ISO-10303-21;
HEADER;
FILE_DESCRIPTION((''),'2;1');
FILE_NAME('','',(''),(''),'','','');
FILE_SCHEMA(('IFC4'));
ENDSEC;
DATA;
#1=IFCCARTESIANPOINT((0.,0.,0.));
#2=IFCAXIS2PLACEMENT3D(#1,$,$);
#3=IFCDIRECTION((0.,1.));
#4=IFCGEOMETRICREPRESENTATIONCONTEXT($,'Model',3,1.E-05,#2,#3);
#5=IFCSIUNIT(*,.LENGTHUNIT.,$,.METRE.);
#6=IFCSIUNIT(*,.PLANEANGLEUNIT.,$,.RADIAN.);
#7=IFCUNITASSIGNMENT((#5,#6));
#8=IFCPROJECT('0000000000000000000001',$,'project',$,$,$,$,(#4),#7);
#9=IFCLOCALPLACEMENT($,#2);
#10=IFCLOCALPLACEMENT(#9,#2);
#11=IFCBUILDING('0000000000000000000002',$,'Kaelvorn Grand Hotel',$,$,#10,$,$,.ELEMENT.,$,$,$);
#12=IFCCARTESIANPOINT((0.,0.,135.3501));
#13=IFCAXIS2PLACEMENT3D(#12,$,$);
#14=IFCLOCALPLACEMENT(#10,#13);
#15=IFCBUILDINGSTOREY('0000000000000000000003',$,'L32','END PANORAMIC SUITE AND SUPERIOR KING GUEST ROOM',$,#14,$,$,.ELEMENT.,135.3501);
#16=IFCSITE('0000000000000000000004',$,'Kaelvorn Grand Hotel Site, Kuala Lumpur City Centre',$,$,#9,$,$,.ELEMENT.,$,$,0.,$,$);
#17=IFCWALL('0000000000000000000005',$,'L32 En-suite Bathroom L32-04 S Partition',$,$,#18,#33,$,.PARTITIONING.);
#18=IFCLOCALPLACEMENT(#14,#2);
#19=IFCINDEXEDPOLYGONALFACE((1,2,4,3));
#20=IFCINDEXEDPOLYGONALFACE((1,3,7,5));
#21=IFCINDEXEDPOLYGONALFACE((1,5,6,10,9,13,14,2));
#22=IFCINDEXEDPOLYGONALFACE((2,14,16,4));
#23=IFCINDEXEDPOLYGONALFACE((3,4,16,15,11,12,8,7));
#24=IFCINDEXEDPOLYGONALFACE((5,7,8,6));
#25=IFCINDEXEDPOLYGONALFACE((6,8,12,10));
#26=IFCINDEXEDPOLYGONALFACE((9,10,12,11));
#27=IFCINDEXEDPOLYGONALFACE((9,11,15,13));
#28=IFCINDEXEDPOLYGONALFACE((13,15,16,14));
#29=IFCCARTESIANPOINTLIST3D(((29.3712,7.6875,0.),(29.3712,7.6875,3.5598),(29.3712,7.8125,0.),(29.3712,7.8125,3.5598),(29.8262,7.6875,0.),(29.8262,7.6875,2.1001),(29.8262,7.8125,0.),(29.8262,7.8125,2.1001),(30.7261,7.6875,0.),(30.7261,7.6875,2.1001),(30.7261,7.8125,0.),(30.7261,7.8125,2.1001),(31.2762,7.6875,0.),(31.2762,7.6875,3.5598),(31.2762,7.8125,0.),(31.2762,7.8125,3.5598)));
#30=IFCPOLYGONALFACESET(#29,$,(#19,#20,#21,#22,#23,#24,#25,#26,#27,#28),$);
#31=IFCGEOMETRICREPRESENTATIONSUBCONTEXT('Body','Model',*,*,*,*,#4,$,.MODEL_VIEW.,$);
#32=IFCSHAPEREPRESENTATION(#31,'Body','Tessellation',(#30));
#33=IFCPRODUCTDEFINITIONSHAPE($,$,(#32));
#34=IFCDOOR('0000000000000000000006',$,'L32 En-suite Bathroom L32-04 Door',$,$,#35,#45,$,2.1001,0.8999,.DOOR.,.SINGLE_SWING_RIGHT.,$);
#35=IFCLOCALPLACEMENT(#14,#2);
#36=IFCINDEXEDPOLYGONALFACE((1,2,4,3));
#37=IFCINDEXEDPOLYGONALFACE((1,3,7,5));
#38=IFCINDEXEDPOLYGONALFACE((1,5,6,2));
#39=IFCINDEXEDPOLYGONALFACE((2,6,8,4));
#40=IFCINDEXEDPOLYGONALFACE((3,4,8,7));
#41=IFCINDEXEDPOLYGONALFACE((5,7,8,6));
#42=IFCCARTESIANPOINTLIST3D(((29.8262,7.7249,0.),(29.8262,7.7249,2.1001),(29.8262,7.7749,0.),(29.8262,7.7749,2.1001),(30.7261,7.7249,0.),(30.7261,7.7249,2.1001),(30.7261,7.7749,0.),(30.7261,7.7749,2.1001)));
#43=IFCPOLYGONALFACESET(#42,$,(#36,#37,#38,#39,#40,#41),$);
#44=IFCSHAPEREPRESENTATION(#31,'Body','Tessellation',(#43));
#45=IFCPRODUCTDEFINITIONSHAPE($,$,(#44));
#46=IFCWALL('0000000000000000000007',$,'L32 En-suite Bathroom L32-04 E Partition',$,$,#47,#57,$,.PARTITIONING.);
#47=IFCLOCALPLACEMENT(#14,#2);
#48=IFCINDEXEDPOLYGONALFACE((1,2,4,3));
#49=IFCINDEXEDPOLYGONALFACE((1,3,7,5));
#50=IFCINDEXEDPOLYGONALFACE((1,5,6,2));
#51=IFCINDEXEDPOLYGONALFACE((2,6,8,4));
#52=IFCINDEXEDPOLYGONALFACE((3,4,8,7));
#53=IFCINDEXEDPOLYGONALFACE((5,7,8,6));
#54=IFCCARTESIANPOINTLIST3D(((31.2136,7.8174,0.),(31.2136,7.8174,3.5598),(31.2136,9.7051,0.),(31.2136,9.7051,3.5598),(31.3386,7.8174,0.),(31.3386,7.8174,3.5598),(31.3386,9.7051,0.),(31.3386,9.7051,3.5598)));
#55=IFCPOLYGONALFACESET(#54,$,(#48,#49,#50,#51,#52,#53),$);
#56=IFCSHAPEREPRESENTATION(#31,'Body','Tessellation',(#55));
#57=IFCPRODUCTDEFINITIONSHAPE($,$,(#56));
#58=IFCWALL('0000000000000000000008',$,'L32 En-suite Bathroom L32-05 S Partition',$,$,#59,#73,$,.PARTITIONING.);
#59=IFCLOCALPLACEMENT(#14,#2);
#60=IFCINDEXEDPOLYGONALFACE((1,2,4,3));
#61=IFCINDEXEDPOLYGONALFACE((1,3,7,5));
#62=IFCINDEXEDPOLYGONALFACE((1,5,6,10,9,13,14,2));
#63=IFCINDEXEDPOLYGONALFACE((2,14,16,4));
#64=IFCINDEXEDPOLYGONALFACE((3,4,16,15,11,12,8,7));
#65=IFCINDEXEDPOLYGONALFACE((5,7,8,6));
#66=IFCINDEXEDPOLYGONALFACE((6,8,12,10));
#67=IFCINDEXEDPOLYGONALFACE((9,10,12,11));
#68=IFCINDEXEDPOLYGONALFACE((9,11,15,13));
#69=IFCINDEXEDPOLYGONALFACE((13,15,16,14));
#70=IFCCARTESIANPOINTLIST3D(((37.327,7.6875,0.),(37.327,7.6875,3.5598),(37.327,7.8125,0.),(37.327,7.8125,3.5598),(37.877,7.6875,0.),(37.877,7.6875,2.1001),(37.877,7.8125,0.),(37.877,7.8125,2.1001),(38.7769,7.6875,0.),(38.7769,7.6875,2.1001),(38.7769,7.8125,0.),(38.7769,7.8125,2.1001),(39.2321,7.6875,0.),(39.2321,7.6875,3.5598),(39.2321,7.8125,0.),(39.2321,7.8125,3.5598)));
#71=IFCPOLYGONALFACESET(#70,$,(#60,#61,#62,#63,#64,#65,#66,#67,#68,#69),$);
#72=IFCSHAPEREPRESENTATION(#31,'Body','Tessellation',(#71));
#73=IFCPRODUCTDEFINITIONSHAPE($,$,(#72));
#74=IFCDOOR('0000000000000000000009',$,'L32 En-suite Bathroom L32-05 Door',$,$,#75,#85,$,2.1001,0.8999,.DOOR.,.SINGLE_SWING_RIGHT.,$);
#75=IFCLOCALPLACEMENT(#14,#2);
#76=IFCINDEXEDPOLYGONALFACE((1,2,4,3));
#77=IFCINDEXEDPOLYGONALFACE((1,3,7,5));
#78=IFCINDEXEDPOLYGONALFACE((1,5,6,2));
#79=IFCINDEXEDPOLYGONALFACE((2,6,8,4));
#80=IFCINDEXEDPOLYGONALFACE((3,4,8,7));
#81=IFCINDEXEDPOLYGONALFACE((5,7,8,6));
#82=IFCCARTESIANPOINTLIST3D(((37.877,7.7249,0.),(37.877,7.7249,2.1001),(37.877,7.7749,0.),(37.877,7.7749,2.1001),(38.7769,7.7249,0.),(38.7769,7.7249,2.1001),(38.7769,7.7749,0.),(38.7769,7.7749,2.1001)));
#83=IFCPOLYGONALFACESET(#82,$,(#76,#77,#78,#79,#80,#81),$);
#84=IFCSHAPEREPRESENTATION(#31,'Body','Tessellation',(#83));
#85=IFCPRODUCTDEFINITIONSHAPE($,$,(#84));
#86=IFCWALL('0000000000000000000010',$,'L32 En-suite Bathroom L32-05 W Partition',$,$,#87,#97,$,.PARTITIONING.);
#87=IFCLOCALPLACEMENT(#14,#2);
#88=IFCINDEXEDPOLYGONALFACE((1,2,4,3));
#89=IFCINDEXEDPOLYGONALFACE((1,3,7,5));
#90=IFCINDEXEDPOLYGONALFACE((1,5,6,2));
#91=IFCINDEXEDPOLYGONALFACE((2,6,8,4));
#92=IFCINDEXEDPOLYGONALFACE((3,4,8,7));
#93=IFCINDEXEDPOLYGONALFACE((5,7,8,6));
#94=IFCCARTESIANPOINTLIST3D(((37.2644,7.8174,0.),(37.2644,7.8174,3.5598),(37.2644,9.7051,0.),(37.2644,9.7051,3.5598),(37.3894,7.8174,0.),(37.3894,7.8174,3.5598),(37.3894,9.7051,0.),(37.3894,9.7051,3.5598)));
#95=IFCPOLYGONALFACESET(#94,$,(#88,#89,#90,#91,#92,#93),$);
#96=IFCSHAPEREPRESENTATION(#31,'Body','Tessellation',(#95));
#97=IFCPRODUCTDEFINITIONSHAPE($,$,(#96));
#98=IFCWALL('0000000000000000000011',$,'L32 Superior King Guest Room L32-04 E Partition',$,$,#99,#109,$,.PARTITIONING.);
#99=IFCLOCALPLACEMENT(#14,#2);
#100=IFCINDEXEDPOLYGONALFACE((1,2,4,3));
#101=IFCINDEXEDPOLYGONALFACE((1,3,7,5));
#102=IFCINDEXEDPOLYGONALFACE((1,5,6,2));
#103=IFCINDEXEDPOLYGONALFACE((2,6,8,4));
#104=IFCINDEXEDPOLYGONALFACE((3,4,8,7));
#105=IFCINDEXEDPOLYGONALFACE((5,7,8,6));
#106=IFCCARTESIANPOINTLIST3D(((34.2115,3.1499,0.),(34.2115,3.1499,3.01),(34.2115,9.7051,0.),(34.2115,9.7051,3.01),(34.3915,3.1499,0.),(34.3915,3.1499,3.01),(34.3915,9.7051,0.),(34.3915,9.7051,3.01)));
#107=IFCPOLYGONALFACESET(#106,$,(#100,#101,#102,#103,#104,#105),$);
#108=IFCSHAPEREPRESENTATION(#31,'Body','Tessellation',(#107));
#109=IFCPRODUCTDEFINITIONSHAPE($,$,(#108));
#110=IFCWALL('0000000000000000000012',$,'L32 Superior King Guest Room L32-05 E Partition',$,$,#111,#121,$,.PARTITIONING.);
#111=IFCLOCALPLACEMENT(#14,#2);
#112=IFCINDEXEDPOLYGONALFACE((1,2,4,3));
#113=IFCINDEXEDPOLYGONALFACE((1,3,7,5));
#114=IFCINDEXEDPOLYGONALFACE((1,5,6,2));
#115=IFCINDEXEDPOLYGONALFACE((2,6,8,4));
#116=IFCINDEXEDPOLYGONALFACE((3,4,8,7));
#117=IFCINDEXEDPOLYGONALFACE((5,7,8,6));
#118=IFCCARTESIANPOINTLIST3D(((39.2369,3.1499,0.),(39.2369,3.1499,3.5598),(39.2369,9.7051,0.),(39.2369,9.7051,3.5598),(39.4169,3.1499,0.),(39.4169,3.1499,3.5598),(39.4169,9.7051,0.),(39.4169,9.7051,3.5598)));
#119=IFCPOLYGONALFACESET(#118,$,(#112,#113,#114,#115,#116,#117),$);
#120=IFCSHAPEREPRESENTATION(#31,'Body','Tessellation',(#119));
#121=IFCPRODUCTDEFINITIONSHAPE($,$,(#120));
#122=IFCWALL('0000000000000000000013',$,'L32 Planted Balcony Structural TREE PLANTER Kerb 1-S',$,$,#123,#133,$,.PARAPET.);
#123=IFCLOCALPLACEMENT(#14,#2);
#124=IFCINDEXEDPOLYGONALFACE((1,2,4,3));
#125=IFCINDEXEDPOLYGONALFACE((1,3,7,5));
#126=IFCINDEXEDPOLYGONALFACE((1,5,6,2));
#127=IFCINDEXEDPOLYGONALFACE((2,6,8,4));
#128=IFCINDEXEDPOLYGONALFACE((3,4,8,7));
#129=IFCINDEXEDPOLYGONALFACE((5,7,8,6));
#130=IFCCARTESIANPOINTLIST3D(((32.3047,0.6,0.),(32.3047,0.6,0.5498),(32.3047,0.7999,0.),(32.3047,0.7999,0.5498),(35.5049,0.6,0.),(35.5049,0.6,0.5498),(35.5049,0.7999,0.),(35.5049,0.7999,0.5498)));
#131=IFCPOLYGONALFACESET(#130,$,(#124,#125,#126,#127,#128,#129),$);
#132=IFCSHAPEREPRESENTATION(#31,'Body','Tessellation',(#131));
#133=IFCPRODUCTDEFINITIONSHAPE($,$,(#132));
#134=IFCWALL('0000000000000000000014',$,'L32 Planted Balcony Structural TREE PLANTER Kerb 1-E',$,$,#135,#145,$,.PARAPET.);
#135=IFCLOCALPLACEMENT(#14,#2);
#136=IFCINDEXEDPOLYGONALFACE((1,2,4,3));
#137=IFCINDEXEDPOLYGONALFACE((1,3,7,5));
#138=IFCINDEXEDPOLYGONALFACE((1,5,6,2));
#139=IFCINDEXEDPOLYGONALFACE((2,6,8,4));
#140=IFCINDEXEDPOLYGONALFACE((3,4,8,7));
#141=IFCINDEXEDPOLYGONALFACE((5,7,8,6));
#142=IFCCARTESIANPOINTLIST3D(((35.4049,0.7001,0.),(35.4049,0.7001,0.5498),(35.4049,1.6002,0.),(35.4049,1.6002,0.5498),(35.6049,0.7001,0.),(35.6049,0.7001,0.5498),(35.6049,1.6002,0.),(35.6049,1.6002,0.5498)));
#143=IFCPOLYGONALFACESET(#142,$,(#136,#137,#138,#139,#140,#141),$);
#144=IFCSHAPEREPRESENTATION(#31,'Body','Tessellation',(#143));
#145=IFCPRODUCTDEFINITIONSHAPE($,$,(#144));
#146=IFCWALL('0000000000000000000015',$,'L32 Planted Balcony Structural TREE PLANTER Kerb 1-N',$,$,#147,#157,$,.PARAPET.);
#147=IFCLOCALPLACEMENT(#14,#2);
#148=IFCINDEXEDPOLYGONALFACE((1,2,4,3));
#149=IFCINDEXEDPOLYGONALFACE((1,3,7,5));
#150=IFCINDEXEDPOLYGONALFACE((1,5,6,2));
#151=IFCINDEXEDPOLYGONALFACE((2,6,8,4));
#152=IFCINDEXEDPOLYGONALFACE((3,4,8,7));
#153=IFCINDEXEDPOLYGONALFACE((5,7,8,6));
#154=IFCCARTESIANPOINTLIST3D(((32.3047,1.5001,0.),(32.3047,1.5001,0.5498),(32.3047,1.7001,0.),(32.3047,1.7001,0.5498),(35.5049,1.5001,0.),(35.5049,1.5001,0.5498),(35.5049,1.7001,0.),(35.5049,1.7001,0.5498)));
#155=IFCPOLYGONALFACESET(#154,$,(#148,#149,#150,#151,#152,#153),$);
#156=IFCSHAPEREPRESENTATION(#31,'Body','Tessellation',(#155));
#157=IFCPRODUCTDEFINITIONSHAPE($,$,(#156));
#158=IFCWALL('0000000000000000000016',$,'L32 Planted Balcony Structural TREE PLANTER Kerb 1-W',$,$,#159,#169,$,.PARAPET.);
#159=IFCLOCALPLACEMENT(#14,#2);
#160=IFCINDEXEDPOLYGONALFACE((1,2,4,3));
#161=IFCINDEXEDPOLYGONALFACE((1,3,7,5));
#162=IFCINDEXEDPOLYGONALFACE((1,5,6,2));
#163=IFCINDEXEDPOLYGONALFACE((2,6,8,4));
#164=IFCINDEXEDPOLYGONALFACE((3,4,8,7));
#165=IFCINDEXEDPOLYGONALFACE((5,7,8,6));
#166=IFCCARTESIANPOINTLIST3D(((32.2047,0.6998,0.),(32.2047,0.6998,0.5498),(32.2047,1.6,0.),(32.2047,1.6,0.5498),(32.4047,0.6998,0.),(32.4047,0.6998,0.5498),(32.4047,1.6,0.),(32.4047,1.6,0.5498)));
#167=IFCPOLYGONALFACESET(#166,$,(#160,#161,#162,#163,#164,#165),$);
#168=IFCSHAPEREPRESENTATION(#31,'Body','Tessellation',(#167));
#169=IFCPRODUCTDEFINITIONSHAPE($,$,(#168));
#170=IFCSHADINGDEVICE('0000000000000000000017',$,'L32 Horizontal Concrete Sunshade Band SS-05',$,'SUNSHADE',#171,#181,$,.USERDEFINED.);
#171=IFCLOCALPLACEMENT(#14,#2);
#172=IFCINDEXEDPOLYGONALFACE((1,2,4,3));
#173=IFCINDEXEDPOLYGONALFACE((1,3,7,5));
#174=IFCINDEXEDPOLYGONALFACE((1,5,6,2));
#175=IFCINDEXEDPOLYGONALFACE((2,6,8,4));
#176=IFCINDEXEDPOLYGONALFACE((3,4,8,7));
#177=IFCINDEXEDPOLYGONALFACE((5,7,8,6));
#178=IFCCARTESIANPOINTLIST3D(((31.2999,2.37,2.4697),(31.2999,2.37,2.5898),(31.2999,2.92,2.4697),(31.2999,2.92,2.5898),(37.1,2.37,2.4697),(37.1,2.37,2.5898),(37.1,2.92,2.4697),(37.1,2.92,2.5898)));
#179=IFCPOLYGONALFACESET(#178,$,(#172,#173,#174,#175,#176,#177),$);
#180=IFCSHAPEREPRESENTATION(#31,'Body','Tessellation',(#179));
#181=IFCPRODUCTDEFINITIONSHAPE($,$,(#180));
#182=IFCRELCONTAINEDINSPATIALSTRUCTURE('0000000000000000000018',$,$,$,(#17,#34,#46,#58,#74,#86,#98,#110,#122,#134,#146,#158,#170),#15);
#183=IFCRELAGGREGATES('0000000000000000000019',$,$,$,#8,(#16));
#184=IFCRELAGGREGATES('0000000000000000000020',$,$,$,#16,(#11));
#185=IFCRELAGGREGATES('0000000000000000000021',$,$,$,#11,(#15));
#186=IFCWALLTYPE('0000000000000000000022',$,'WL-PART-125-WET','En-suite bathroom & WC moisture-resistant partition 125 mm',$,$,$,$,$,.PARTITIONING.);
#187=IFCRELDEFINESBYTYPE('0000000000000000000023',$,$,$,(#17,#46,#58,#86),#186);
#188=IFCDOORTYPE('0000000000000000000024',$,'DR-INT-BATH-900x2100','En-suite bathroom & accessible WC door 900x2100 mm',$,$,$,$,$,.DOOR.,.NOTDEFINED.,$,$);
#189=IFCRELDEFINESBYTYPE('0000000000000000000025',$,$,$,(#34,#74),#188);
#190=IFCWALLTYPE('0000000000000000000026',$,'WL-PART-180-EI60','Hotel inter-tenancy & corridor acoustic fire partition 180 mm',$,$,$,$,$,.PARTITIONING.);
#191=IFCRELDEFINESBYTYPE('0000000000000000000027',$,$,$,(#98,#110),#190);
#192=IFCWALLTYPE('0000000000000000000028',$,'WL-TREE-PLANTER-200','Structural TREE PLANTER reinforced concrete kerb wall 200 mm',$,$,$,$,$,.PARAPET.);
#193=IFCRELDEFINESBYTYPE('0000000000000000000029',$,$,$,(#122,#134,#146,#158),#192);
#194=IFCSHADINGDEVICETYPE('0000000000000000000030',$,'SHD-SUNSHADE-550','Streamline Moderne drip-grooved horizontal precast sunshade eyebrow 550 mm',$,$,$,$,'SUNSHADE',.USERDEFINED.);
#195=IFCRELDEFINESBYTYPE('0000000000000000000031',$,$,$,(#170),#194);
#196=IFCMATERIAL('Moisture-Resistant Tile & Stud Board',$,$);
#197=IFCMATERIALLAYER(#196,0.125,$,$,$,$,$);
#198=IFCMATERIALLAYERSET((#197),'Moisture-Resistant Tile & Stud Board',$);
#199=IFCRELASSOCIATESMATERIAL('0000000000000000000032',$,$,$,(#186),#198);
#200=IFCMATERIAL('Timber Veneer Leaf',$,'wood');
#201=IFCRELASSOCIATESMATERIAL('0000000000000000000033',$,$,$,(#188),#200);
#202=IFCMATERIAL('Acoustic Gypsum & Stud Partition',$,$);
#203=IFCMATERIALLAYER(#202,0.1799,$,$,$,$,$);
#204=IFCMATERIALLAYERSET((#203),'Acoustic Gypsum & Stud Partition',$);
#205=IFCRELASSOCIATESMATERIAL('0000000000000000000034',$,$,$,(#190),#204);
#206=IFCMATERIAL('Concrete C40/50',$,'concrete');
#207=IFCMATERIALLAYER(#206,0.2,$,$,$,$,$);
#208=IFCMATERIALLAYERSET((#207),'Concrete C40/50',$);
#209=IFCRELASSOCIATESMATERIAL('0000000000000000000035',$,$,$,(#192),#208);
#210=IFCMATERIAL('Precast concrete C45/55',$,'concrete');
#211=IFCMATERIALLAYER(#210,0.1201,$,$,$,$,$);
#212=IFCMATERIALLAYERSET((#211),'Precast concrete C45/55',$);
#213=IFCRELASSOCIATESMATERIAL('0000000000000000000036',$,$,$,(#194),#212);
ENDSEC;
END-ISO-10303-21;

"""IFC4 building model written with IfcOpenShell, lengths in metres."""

from ifc_helpers import new_model, si_unit, direction, frame, frame_2d, origin, origin_2d, place, context, subcontext, project, spatial, rectangle, extrude, material, layer, layer_set, type_object, element, fill, save


model = new_model("IFC4")

# Units and contexts
model_context = context("Model", 3, precision=1e-05, world=origin(), true_north=direction((0.0, 1.0)))
body_context = subcontext(model_context, "Body", "Model", "MODEL_VIEW")
ifc_project = project(units=[si_unit("LENGTHUNIT", "METRE"), si_unit("PLANEANGLEUNIT", "RADIAN")], contexts=[model_context])

# Site, building, storey
site_placement = place(None, origin())
site = spatial("IfcSite", under=ifc_project, at=site_placement, Name="Kaelvorn Grand Hotel Site, Kuala Lumpur City Centre", CompositionType="ELEMENT", RefElevation=0.0)
building_placement = place(site_placement, origin())
building = spatial("IfcBuilding", under=site, at=building_placement, Name="Kaelvorn Grand Hotel", CompositionType="ELEMENT")
storey_placement = place(building_placement, frame((0.0, 0.0, 135.3501)))
storey = spatial("IfcBuildingStorey", under=building, at=storey_placement, Name="L32", Description="END PANORAMIC SUITE AND SUPERIOR KING GUEST ROOM", CompositionType="ELEMENT", Elevation=135.3501)

# Shared definitions
ifc_material_1 = material(Name="Concrete C40/50", Category="concrete")

# Wall, opening, door
ifc_material_2 = material(Name="Moisture-Resistant Tile & Stud Board")
ifc_layer_1 = layer(ifc_material_2, 0.125)
ifc_layer_set_1 = layer_set([ifc_layer_1], Name="Moisture-Resistant Tile & Stud Board")
wall_type_1 = type_object("IfcWallType", Name="WL-PART-125-WET", Description="En-suite bathroom & WC moisture-resistant partition 125 mm", PredefinedType="PARTITIONING", material=ifc_layer_set_1)
wall_1_placement = place(storey_placement, frame((29.3711, 7.75, 0.0), z_axis=(0.0, 0.0, 1.0), x_axis=(1.0, 0.0, 0.0)))
wall_1 = element("IfcWall", 1, at=wall_1_placement, inside=storey, type_object=wall_type_1, Name="L32 En-suite Bathroom L32-04 S Partition", PredefinedType="PARTITIONING", context=body_context, shape_type="SweptSolid", body=[
    extrude(rectangle(XDim=1.905, YDim=0.125, at=frame_2d((0.9526, 0.0))), origin(), (0.0, 0.0, 1.0), 3.5598),
])
opening_1_placement = place(wall_1_placement, frame((0.4551, 0.0, 0.0)))
opening_1 = element("IfcOpeningElement", 2, at=opening_1_placement, cuts=wall_1, PredefinedType="OPENING", context=body_context, shape_type="SweptSolid", body=[
    extrude(rectangle(XDim=0.8999, YDim=2.1001, at=frame_2d((0.45, 1.05))), frame((0.0, 0.0725, 0.0), z_axis=(0.0, -1.0, 0.0), x_axis=(1.0, 0.0, 0.0)), (0.0, 0.0, 1.0), 0.145),
])
ifc_material_3 = material(Name="Timber Veneer Leaf", Category="wood")
door_type_1 = type_object("IfcDoorType", Name="DR-INT-BATH-900x2100", Description="En-suite bathroom & accessible WC door 900x2100 mm", OperationType="NOTDEFINED", PredefinedType="DOOR", material=ifc_material_3)
door_1_placement = place(opening_1_placement, origin())
door_1 = element("IfcDoor", 3, at=door_1_placement, inside=storey, type_object=door_type_1, Name="L32 En-suite Bathroom L32-04 Door", OperationType="SINGLE_SWING_RIGHT", OverallHeight=2.1001, OverallWidth=0.8999, PredefinedType="DOOR", context=body_context, shape_type="SweptSolid", body=[
    extrude(rectangle(XDim=0.8999, YDim=2.1001, at=frame_2d((0.45, 1.05))), frame((0.0, 0.0249, 0.0), z_axis=(0.0, -1.0, 0.0), x_axis=(1.0, 0.0, 0.0)), (0.0, 0.0, 1.0), 0.05),
])
fill(opening_1, door_1)

# Wall
wall_2_placement = place(storey_placement, frame((31.2761, 7.8174, 0.0), z_axis=(0.0, 0.0, 1.0), x_axis=(0.0, 1.0, 0.0)))
element("IfcWall", 4, at=wall_2_placement, inside=storey, type_object=wall_type_1, Name="L32 En-suite Bathroom L32-04 E Partition", PredefinedType="PARTITIONING", context=body_context, shape_type="SweptSolid", body=[
    extrude(rectangle(XDim=1.8877, YDim=0.125, at=frame_2d((0.9438, 0.0))), origin(), (0.0, 0.0, 1.0), 3.5598),
])

# Wall, opening, door
wall_3_placement = place(storey_placement, frame((37.3269, 7.75, 0.0), z_axis=(0.0, 0.0, 1.0), x_axis=(1.0, 0.0, 0.0)))
wall_3 = element("IfcWall", 5, at=wall_3_placement, inside=storey, type_object=wall_type_1, Name="L32 En-suite Bathroom L32-05 S Partition", PredefinedType="PARTITIONING", context=body_context, shape_type="SweptSolid", body=[
    extrude(rectangle(XDim=1.905, YDim=0.125, at=frame_2d((0.9526, 0.0))), origin(), (0.0, 0.0, 1.0), 3.5598),
])
opening_2_placement = place(wall_3_placement, frame((0.55, 0.0, 0.0)))
opening_2 = element("IfcOpeningElement", 6, at=opening_2_placement, cuts=wall_3, PredefinedType="OPENING", context=body_context, shape_type="SweptSolid", body=[
    extrude(rectangle(XDim=0.8999, YDim=2.1001, at=frame_2d((0.45, 1.05))), frame((0.0, 0.0725, 0.0), z_axis=(0.0, -1.0, 0.0), x_axis=(1.0, 0.0, 0.0)), (0.0, 0.0, 1.0), 0.145),
])
door_2_placement = place(opening_2_placement, origin())
door_2 = element("IfcDoor", 7, at=door_2_placement, inside=storey, type_object=door_type_1, Name="L32 En-suite Bathroom L32-05 Door", OperationType="SINGLE_SWING_RIGHT", OverallHeight=2.1001, OverallWidth=0.8999, PredefinedType="DOOR", context=body_context, shape_type="SweptSolid", body=[
    extrude(rectangle(XDim=0.8999, YDim=2.1001, at=frame_2d((0.45, 1.05))), frame((0.0, 0.0249, 0.0), z_axis=(0.0, -1.0, 0.0), x_axis=(1.0, 0.0, 0.0)), (0.0, 0.0, 1.0), 0.05),
])
fill(opening_2, door_2)

# Wall
wall_4_placement = place(storey_placement, frame((37.3269, 7.8174, 0.0), z_axis=(0.0, 0.0, 1.0), x_axis=(0.0, 1.0, 0.0)))
element("IfcWall", 8, at=wall_4_placement, inside=storey, type_object=wall_type_1, Name="L32 En-suite Bathroom L32-05 W Partition", PredefinedType="PARTITIONING", context=body_context, shape_type="SweptSolid", body=[
    extrude(rectangle(XDim=1.8877, YDim=0.125, at=frame_2d((0.9438, 0.0))), origin(), (0.0, 0.0, 1.0), 3.5598),
])

# Shared definitions
ifc_material_4 = material(Name="Acoustic Gypsum & Stud Partition")
ifc_layer_2 = layer(ifc_material_4, 0.1799)
ifc_layer_set_2 = layer_set([ifc_layer_2], Name="Acoustic Gypsum & Stud Partition")
wall_type_2 = type_object("IfcWallType", Name="WL-PART-180-EI60", Description="Hotel inter-tenancy & corridor acoustic fire partition 180 mm", PredefinedType="PARTITIONING", material=ifc_layer_set_2)

# Wall
wall_5_placement = place(storey_placement, frame((34.3015, 3.1499, 0.0), z_axis=(0.0, 0.0, 1.0), x_axis=(0.0, 1.0, 0.0)))
element("IfcWall", 9, at=wall_5_placement, inside=storey, type_object=wall_type_2, Name="L32 Superior King Guest Room L32-04 E Partition", PredefinedType="PARTITIONING", context=body_context, shape_type="SweptSolid", body=[
    extrude(rectangle(XDim=6.5552, YDim=0.1799, at=frame_2d((3.2776, 0.0))), origin(), (0.0, 0.0, 1.0), 3.01),
])

# Wall
wall_6_placement = place(storey_placement, frame((39.3269, 3.1499, 0.0), z_axis=(0.0, 0.0, 1.0), x_axis=(0.0, 1.0, 0.0)))
element("IfcWall", 10, at=wall_6_placement, inside=storey, type_object=wall_type_2, Name="L32 Superior King Guest Room L32-05 E Partition", PredefinedType="PARTITIONING", context=body_context, shape_type="SweptSolid", body=[
    extrude(rectangle(XDim=6.5552, YDim=0.1799, at=frame_2d((3.2776, 0.0))), origin(), (0.0, 0.0, 1.0), 3.5598),
])

# Walls
ifc_layer_3 = layer(ifc_material_1, 0.2)
ifc_layer_set_3 = layer_set([ifc_layer_3], Name="Concrete C40/50")
wall_type_3 = type_object("IfcWallType", Name="WL-TREE-PLANTER-200", Description="Structural TREE PLANTER reinforced concrete kerb wall 200 mm", PredefinedType="PARAPET", material=ifc_layer_set_3)
wall_7_placement = place(storey_placement, frame((32.3047, 0.7, 0.0), z_axis=(0.0, 0.0, 1.0), x_axis=(1.0, 0.0, 0.0)))
element("IfcWall", 11, at=wall_7_placement, inside=storey, type_object=wall_type_3, Name="L32 Planted Balcony Structural TREE PLANTER Kerb 1-S", PredefinedType="PARAPET", context=body_context, shape_type="SweptSolid", body=[
    extrude(rectangle(XDim=3.2002, YDim=0.2, at=frame_2d((1.6001, 0.0))), origin(), (0.0, 0.0, 1.0), 0.5498),
])
wall_8_placement = place(storey_placement, frame((35.5049, 0.7, 0.0), z_axis=(0.0, 0.0, 1.0), x_axis=(0.0, 1.0, 0.0)))
element("IfcWall", 12, at=wall_8_placement, inside=storey, type_object=wall_type_3, Name="L32 Planted Balcony Structural TREE PLANTER Kerb 1-E", PredefinedType="PARAPET", context=body_context, shape_type="SweptSolid", body=[
    extrude(rectangle(XDim=0.9001, YDim=0.2, at=frame_2d((0.4502, 0.0))), origin(), (0.0, 0.0, 1.0), 0.5498),
])
wall_9_placement = place(storey_placement, frame((35.5049, 1.6001, 0.0), z_axis=(0.0, 0.0, 1.0), x_axis=(-1.0, 0.0, 0.0)))
element("IfcWall", 13, at=wall_9_placement, inside=storey, type_object=wall_type_3, Name="L32 Planted Balcony Structural TREE PLANTER Kerb 1-N", PredefinedType="PARAPET", context=body_context, shape_type="SweptSolid", body=[
    extrude(rectangle(XDim=3.2002, YDim=0.2, at=frame_2d((1.6001, 0.0))), origin(), (0.0, 0.0, 1.0), 0.5498),
])
wall_10_placement = place(storey_placement, frame((32.3047, 1.6001, 0.0), z_axis=(0.0, 0.0, 1.0), x_axis=(0.0, -1.0, 0.0)))
element("IfcWall", 14, at=wall_10_placement, inside=storey, type_object=wall_type_3, Name="L32 Planted Balcony Structural TREE PLANTER Kerb 1-W", PredefinedType="PARAPET", context=body_context, shape_type="SweptSolid", body=[
    extrude(rectangle(XDim=0.9001, YDim=0.2, at=frame_2d((0.4502, 0.0))), origin(), (0.0, 0.0, 1.0), 0.5498),
])

# Shading device
ifc_material_5 = material(Name="Precast concrete C45/55", Category="concrete")
ifc_layer_4 = layer(ifc_material_5, 0.1201)
ifc_layer_set_4 = layer_set([ifc_layer_4], Name="Precast concrete C45/55")
shading_device_type_1 = type_object("IfcShadingDeviceType", Name="SHD-SUNSHADE-550", Description="Streamline Moderne drip-grooved horizontal precast sunshade eyebrow 550 mm", ElementType="SUNSHADE", PredefinedType="USERDEFINED", material=ifc_layer_set_4)
shading_device_1_placement = place(storey_placement, frame((34.2, 2.645, 2.4697), z_axis=(0.0, 0.0, 1.0), x_axis=(1.0, 0.0, 0.0)))
element("IfcShadingDevice", 15, at=shading_device_1_placement, inside=storey, type_object=shading_device_type_1, Name="L32 Horizontal Concrete Sunshade Band SS-05", ObjectType="SUNSHADE", PredefinedType="USERDEFINED", context=body_context, shape_type="SweptSolid", body=[
    extrude(rectangle(XDim=5.8, YDim=0.55, at=origin_2d()), origin(), (0.0, 0.0, 1.0), 0.1201),
])

save(model, "model.ifc")
